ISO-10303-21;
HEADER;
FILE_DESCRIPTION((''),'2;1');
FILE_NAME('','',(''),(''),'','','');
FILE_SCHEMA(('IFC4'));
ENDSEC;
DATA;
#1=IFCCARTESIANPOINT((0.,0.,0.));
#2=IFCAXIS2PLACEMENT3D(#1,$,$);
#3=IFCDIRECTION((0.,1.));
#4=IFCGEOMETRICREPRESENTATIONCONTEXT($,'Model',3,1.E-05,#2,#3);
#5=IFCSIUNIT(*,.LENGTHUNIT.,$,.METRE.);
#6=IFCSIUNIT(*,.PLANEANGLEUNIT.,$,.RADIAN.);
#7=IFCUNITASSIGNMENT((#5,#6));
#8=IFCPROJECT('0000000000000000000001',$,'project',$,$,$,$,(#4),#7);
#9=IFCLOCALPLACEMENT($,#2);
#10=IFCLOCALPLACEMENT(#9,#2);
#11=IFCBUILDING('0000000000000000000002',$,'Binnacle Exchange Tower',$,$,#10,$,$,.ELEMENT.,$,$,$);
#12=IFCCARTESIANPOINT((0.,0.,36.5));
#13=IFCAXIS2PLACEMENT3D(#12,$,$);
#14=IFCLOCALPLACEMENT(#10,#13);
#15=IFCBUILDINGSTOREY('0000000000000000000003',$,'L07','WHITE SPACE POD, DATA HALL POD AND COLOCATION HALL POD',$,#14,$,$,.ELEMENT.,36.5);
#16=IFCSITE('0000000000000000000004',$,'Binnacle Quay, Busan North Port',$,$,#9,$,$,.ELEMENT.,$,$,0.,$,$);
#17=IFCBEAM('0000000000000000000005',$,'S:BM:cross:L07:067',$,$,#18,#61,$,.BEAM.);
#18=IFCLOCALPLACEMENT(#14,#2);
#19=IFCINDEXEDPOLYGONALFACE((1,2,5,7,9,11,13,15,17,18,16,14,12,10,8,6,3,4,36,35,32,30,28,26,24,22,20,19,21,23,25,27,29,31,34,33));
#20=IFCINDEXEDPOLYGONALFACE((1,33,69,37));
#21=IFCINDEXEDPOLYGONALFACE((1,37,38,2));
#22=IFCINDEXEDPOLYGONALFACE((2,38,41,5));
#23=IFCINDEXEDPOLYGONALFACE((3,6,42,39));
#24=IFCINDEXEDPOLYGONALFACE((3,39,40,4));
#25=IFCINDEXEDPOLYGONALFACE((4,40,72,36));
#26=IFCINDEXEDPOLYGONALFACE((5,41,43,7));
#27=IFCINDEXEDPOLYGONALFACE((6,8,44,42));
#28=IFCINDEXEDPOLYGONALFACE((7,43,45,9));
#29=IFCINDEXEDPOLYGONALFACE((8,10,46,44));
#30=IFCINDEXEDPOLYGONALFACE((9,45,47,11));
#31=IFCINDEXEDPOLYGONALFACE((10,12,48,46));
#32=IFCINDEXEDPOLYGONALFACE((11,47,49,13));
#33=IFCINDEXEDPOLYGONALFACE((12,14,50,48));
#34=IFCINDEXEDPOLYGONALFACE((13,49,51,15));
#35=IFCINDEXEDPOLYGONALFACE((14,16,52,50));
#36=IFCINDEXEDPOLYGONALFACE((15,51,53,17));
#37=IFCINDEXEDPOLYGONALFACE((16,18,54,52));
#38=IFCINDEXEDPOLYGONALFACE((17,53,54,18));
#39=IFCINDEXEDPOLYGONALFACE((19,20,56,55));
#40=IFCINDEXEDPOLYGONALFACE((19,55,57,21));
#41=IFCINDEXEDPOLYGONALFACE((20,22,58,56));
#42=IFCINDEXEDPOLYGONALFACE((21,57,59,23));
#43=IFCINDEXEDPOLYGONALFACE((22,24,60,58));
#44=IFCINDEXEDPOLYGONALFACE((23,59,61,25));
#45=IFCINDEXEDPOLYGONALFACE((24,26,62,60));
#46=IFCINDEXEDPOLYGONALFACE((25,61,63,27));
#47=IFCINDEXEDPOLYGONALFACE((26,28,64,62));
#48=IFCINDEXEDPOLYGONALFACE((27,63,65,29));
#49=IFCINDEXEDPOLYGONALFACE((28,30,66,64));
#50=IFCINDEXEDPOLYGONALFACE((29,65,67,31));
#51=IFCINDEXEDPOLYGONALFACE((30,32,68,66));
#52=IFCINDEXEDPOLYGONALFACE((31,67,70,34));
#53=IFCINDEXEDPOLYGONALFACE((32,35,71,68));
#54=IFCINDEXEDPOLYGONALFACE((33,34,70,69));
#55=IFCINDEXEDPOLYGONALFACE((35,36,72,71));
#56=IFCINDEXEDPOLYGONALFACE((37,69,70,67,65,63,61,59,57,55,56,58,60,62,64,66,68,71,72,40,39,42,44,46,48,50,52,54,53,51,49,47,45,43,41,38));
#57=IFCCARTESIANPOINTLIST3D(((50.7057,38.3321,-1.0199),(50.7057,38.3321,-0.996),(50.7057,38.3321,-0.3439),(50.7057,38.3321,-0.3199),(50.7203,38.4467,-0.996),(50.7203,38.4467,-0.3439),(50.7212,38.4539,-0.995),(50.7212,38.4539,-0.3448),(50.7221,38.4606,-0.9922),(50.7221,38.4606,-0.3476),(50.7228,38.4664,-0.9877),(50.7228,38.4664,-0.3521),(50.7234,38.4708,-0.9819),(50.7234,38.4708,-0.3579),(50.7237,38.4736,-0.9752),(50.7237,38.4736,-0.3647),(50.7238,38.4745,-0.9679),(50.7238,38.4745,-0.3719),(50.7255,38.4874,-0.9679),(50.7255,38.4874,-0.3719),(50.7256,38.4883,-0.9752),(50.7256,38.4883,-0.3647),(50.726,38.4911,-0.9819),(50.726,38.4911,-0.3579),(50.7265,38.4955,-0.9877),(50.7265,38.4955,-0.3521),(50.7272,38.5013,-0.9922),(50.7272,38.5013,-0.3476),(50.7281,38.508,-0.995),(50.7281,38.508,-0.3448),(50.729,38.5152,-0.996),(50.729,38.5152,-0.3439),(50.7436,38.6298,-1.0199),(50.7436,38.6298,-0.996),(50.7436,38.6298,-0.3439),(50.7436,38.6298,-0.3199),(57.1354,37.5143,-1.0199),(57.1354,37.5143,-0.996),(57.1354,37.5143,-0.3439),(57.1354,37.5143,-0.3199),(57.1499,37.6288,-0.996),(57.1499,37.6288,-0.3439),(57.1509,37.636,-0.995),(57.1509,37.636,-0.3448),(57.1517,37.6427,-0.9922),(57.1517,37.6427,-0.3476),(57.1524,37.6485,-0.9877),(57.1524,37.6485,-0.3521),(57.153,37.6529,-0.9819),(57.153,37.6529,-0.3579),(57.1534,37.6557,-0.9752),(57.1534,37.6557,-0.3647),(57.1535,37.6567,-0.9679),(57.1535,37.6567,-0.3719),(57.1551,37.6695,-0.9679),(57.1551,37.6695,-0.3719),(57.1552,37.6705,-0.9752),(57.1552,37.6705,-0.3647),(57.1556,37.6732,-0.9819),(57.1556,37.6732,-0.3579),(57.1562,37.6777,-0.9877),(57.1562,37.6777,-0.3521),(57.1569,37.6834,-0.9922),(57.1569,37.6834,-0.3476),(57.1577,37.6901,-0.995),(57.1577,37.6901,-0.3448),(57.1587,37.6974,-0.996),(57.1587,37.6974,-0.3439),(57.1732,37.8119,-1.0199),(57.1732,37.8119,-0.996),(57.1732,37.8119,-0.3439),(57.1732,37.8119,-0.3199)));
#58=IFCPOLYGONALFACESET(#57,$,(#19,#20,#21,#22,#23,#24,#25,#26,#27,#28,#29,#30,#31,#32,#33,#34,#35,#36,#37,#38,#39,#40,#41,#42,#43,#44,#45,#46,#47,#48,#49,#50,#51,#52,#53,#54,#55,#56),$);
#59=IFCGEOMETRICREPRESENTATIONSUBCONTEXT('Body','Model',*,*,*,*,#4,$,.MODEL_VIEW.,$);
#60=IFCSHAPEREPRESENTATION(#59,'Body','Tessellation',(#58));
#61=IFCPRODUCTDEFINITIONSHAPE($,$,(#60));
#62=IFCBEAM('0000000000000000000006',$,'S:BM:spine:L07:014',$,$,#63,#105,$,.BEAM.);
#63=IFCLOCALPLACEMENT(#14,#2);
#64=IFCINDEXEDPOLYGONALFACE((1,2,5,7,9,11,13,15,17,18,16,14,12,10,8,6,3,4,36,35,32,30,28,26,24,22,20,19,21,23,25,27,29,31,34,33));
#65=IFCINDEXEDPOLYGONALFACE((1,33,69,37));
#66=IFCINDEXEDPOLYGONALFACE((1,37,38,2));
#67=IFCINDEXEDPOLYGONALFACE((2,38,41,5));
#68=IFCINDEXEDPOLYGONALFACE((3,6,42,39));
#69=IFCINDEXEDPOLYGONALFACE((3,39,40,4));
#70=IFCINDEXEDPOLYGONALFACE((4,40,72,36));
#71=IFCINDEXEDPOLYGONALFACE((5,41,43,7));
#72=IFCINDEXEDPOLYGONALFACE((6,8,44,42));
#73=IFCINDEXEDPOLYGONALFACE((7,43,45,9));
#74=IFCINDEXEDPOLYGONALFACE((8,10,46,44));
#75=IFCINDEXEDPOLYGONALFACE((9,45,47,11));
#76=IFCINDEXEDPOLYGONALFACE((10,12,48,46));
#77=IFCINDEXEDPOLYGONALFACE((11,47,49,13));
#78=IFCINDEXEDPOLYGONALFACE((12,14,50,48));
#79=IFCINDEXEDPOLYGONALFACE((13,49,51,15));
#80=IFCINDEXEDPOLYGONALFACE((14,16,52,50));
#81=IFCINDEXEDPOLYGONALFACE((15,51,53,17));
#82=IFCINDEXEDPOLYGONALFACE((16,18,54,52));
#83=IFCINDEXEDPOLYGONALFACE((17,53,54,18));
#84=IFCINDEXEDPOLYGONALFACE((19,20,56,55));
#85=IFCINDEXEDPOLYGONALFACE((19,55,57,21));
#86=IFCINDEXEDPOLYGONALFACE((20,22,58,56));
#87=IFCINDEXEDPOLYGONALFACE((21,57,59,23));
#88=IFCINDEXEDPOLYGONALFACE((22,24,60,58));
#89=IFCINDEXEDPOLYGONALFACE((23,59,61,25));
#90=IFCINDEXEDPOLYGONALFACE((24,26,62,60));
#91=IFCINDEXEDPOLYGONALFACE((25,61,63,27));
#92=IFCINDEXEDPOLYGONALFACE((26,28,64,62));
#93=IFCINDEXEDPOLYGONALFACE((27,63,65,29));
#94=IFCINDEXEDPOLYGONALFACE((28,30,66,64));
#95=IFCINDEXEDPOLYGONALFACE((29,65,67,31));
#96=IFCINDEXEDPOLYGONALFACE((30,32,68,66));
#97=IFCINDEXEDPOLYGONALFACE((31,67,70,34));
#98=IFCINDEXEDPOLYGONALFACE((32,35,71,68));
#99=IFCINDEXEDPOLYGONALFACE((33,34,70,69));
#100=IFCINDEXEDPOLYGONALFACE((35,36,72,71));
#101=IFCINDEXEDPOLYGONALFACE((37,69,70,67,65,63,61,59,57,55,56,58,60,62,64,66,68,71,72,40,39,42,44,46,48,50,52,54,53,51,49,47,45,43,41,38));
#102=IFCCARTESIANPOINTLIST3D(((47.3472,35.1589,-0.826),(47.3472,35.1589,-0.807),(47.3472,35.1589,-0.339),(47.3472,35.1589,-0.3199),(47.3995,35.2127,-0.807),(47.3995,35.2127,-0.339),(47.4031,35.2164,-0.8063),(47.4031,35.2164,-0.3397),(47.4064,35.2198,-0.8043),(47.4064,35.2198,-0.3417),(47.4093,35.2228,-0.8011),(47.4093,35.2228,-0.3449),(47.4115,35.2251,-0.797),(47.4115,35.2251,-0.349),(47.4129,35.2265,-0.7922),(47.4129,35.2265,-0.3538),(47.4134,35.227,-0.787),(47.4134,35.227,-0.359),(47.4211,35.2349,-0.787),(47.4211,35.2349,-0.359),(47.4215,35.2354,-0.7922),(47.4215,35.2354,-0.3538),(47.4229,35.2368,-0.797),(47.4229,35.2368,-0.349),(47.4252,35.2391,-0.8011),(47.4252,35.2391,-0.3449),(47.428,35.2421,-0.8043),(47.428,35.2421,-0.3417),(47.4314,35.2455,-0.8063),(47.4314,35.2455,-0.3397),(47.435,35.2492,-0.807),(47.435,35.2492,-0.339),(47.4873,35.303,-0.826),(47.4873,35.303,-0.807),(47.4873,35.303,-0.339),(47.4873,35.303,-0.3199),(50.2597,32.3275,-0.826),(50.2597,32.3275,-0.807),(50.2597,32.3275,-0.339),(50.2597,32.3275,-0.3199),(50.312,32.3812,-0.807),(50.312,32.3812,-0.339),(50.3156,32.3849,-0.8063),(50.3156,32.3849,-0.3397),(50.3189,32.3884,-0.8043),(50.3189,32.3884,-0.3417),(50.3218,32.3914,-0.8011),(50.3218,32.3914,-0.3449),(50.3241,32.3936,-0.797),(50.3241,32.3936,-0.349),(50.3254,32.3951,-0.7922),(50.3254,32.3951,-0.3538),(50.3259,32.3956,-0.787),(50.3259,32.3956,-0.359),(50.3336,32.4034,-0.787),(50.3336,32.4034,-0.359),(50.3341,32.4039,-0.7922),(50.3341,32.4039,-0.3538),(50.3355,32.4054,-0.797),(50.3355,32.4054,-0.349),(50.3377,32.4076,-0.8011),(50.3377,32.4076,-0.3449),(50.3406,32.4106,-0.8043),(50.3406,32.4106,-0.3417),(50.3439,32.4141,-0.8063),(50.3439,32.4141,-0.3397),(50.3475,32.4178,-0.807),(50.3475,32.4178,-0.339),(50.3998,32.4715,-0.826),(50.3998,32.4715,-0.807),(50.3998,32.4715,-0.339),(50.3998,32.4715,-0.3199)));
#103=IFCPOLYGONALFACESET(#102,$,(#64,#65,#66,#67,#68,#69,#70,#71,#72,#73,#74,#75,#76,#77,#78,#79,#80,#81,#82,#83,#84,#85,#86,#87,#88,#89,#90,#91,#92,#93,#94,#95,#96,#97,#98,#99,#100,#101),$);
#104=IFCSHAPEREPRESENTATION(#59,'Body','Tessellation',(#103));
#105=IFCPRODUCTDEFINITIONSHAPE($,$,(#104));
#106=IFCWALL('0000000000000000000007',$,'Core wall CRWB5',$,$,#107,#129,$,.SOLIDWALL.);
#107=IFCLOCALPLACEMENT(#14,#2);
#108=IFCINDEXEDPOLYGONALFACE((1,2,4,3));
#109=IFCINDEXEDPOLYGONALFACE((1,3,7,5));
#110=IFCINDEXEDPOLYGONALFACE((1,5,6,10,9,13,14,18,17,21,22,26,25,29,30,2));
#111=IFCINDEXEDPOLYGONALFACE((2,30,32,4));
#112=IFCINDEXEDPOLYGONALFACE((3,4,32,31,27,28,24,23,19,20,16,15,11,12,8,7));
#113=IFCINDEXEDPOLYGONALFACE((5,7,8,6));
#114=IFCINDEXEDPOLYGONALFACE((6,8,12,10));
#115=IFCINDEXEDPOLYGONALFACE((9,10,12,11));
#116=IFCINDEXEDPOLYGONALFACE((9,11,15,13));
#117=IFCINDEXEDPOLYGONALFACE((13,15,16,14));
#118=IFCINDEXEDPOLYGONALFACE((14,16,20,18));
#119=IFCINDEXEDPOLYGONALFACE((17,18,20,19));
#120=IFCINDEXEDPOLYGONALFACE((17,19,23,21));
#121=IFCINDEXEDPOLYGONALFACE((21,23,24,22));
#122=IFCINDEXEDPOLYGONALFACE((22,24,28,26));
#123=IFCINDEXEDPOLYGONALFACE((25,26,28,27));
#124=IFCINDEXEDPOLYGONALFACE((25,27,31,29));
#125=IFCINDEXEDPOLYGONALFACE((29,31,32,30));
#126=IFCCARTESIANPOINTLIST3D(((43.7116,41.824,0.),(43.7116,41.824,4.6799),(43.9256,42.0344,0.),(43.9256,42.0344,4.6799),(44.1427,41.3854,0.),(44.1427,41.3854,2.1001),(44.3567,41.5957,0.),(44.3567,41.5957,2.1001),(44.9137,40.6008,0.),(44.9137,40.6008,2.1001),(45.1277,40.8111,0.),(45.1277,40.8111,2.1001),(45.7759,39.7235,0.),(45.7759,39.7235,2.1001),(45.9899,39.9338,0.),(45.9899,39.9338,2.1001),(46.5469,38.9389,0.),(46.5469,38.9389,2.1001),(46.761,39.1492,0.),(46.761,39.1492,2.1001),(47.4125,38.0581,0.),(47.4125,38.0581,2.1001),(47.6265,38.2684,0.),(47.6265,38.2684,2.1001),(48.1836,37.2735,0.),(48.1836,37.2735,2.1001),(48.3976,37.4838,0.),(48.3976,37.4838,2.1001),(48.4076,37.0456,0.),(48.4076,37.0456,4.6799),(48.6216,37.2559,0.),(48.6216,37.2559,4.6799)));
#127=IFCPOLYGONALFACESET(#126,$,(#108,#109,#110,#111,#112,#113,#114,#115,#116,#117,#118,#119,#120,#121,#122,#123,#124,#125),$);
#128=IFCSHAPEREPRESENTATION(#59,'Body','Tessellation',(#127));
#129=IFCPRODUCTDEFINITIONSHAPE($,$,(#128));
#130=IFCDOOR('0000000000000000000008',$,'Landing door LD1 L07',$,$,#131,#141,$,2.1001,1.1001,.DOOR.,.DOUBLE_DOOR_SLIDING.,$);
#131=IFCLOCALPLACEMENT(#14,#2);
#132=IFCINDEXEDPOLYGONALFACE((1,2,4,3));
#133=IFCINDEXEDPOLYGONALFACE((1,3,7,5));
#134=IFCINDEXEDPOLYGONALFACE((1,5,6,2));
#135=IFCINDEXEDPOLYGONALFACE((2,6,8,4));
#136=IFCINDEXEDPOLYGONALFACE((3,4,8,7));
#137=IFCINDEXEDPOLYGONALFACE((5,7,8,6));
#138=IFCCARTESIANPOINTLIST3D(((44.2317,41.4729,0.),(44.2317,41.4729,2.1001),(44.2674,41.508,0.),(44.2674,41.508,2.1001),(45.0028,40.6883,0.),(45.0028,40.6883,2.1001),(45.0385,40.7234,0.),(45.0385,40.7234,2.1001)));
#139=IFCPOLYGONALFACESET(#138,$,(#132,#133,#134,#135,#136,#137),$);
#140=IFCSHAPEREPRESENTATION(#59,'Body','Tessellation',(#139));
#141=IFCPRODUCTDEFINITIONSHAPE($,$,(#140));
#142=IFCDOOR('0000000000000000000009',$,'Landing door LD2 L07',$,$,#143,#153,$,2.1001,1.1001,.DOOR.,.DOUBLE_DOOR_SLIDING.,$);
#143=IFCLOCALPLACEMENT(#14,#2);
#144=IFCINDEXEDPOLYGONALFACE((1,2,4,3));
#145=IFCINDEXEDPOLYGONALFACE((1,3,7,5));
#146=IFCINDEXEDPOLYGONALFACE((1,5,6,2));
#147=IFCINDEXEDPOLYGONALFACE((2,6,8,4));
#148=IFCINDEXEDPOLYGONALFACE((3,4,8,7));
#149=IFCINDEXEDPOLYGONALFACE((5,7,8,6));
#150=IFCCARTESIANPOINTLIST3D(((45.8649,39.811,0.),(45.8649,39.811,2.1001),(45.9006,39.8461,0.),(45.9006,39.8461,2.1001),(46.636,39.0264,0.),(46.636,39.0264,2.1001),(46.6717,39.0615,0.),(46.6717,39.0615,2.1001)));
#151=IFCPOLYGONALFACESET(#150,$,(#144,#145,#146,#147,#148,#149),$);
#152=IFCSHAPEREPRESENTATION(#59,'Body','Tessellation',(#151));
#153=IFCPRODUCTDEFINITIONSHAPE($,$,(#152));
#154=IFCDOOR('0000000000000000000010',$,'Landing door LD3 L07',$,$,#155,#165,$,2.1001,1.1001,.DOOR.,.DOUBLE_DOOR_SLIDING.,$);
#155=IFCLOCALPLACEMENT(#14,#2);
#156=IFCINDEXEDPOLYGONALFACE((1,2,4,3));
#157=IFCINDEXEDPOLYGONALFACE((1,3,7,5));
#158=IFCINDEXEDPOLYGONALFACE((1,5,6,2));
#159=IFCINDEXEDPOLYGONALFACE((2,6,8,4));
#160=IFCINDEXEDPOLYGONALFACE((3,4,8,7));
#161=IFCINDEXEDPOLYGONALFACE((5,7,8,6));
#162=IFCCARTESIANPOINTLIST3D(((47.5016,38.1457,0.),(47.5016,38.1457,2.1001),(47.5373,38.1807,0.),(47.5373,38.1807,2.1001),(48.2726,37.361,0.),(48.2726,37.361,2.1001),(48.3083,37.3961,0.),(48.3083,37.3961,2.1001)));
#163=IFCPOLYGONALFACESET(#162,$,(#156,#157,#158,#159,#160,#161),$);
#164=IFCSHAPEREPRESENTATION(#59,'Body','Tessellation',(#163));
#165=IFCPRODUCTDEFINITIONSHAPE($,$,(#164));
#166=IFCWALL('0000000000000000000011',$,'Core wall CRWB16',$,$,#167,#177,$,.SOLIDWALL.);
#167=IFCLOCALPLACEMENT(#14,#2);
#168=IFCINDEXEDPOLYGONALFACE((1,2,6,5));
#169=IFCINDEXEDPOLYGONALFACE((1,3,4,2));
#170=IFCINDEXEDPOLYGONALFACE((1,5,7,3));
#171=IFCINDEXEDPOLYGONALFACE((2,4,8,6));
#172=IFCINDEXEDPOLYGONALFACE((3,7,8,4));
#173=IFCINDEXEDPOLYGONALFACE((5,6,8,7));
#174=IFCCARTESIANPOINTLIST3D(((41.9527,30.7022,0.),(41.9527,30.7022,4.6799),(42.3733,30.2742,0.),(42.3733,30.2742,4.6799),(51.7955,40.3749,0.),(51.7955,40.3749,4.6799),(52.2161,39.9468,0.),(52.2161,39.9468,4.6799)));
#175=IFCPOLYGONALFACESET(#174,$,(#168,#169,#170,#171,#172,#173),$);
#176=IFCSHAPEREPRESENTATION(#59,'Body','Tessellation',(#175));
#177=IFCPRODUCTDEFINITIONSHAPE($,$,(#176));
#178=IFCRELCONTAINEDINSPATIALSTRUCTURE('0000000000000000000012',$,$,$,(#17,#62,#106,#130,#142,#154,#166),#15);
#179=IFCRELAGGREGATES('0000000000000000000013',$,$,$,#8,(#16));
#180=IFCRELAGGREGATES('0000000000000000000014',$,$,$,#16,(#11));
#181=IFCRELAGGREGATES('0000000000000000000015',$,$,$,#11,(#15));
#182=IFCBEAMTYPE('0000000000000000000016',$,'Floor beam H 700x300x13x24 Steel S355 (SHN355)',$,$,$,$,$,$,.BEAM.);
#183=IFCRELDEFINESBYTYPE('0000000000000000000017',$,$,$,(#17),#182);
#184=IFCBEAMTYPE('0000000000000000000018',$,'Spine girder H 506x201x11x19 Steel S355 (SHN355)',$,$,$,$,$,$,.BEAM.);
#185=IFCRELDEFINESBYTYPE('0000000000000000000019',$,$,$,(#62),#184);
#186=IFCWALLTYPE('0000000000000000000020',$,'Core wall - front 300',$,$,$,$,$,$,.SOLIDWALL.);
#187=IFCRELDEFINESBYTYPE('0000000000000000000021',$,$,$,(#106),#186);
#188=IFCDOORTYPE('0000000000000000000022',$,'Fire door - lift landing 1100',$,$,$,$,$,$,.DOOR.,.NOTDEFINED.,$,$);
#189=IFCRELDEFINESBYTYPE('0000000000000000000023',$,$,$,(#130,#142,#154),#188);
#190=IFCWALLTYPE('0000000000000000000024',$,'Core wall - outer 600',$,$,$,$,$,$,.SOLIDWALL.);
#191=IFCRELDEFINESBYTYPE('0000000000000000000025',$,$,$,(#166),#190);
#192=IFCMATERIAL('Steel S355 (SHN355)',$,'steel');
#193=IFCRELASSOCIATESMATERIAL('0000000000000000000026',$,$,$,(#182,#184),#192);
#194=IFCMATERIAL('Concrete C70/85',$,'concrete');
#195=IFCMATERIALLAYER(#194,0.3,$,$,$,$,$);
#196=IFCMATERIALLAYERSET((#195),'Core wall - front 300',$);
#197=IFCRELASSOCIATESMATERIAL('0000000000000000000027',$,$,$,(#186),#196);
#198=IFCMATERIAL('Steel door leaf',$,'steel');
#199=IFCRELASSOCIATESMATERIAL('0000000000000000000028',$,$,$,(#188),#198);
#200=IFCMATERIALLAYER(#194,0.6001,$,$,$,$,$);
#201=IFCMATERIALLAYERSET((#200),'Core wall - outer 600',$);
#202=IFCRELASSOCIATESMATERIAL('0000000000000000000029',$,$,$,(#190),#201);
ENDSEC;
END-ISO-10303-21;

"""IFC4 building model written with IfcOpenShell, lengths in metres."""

from ifc_helpers import new_model, si_unit, direction, frame, frame_2d, origin, origin_2d, place, context, subcontext, project, spatial, rectangle, i_section, extrude, material, layer, layer_set, material_profile, profile_set, type_object, element, fill, save


model = new_model("IFC4")

# Units and contexts
model_context = context("Model", 3, precision=1e-05, world=origin(), true_north=direction((0.0, 1.0)))
body_context = subcontext(model_context, "Body", "Model", "MODEL_VIEW")
ifc_project = project(units=[si_unit("LENGTHUNIT", "METRE"), si_unit("PLANEANGLEUNIT", "RADIAN")], contexts=[model_context])

# Site, building, storey
site_placement = place(None, origin())
site = spatial("IfcSite", under=ifc_project, at=site_placement, Name="Binnacle Quay, Busan North Port", CompositionType="ELEMENT", RefElevation=0.0)
building_placement = place(site_placement, origin())
building = spatial("IfcBuilding", under=site, at=building_placement, Name="Binnacle Exchange Tower", CompositionType="ELEMENT")
storey_placement = place(building_placement, frame((0.0, 0.0, 36.5)))
storey = spatial("IfcBuildingStorey", under=building, at=storey_placement, Name="L07", Description="WHITE SPACE POD, DATA HALL POD AND COLOCATION HALL POD", CompositionType="ELEMENT", Elevation=36.5)

# Shared definitions
ifc_material_1 = material(Name="Concrete C70/85", Category="concrete")

# Beams
ifc_material_2 = material(Name="Steel S355 (SHN355)", Category="steel")
ifc_material_profile_1 = material_profile(ifc_material_2, i_section(OverallWidth=0.3, OverallDepth=0.7, WebThickness=0.0129, FlangeThickness=0.0239, FilletRadius=0.0281, at=origin_2d()), Name="H 700x300x13x24")
ifc_profile_set_1 = profile_set([ifc_material_profile_1], Name="Steel S355 (SHN355)")
beam_type_1 = type_object("IfcBeamType", Name="Floor beam H 700x300x13x24 Steel S355 (SHN355)", PredefinedType="BEAM", material=ifc_profile_set_1)
beam_1_placement = place(storey_placement, frame((57.1543, 37.6631, -0.6699), z_axis=(-0.992007, 0.126186, 0.0), x_axis=(-0.126186, -0.992007, 0.0)))
element("IfcBeam", 1, at=beam_1_placement, inside=storey, type_object=beam_type_1, Name="S:BM:cross:L07:067", PredefinedType="BEAM", context=body_context, shape_type="SweptSolid", body=[
    extrude(i_section(OverallWidth=0.3, OverallDepth=0.7, WebThickness=0.0129, FlangeThickness=0.0239, FilletRadius=0.0281, at=origin_2d()), origin(), (0.0, 0.0, 1.0), 6.4814),
])
ifc_material_profile_2 = material_profile(ifc_material_2, i_section(OverallWidth=0.2009, OverallDepth=0.5061, WebThickness=0.011, FlangeThickness=0.019, FilletRadius=0.02, at=origin_2d()), Name="H 506x201x11x19")
ifc_profile_set_2 = profile_set([ifc_material_profile_2], Name="Steel S355 (SHN355)")
beam_type_2 = type_object("IfcBeamType", Name="Spine girder H 506x201x11x19 Steel S355 (SHN355)", PredefinedType="BEAM", material=ifc_profile_set_2)
beam_2_placement = place(storey_placement, frame((47.4172, 35.231, -0.573), z_axis=(0.717013, -0.69706, 0.0), x_axis=(0.69706, 0.717013, 0.0)))
element("IfcBeam", 2, at=beam_2_placement, inside=storey, type_object=beam_type_2, Name="S:BM:spine:L07:014", PredefinedType="BEAM", context=body_context, shape_type="SweptSolid", body=[
    extrude(i_section(OverallWidth=0.2009, OverallDepth=0.5061, WebThickness=0.011, FlangeThickness=0.019, FilletRadius=0.02, at=origin_2d()), origin(), (0.0, 0.0, 1.0), 4.062),
])

# Wall, openings, doors
ifc_layer_1 = layer(ifc_material_1, 0.3)
ifc_layer_set_1 = layer_set([ifc_layer_1], Name="Core wall - front 300")
wall_type_1 = type_object("IfcWallType", Name="Core wall - front 300", PredefinedType="SOLIDWALL", material=ifc_layer_set_1)
wall_1_placement = place(storey_placement, frame((43.8186, 41.9292, 0.0), z_axis=(0.0, 0.0, 1.0), x_axis=(0.700922, -0.713238, 0.0)))
wall_1 = element("IfcWall", 3, at=wall_1_placement, inside=storey, type_object=wall_type_1, Name="Core wall CRWB5", PredefinedType="SOLIDWALL", context=body_context, shape_type="SweptSolid", body=[
    extrude(rectangle(XDim=6.6997, YDim=0.3, at=frame_2d((3.3499, 0.0))), origin(), (0.0, 0.0, 1.0), 4.6799),
])
opening_1_placement = place(wall_1_placement, frame((0.615, 0.0, 0.0)))
opening_1 = element("IfcOpeningElement", 4, at=opening_1_placement, cuts=wall_1, PredefinedType="OPENING", context=body_context, shape_type="SweptSolid", body=[
    extrude(rectangle(XDim=1.1001, YDim=2.1001, at=frame_2d((0.55, 1.05))), frame((0.0, 0.1599, 0.0), z_axis=(0.0, -1.0, 0.0), x_axis=(1.0, 0.0, 0.0)), (0.0, 0.0, 1.0), 0.3201),
])
opening_2_placement = place(wall_1_placement, frame((2.9451, 0.0, 0.0)))
opening_2 = element("IfcOpeningElement", 5, at=opening_2_placement, cuts=wall_1, PredefinedType="OPENING", context=body_context, shape_type="SweptSolid", body=[
    extrude(rectangle(XDim=1.1001, YDim=2.1001, at=frame_2d((0.55, 1.05))), frame((0.0, 0.1599, 0.0), z_axis=(0.0, -1.0, 0.0), x_axis=(1.0, 0.0, 0.0)), (0.0, 0.0, 1.0), 0.3201),
])
opening_3_placement = place(wall_1_placement, frame((5.28, 0.0, 0.0)))
opening_3 = element("IfcOpeningElement", 6, at=opening_3_placement, cuts=wall_1, PredefinedType="OPENING", context=body_context, shape_type="SweptSolid", body=[
    extrude(rectangle(XDim=1.1001, YDim=2.1001, at=frame_2d((0.55, 1.05))), frame((0.0, 0.1599, 0.0), z_axis=(0.0, -1.0, 0.0), x_axis=(1.0, 0.0, 0.0)), (0.0, 0.0, 1.0), 0.3201),
])
ifc_material_3 = material(Name="Steel door leaf", Category="steel")
door_type_1 = type_object("IfcDoorType", Name="Fire door - lift landing 1100", OperationType="NOTDEFINED", PredefinedType="DOOR", material=ifc_material_3)
door_1_placement = place(opening_1_placement, origin())
door_1 = element("IfcDoor", 7, at=door_1_placement, inside=storey, type_object=door_type_1, Name="Landing door LD1 L07", OperationType="DOUBLE_DOOR_SLIDING", OverallHeight=2.1001, OverallWidth=1.1001, PredefinedType="DOOR", context=body_context, shape_type="SweptSolid", body=[
    extrude(rectangle(XDim=1.1001, YDim=2.1001, at=frame_2d((0.55, 1.05))), frame((0.0, 0.0249, 0.0), z_axis=(0.0, -1.0, 0.0), x_axis=(1.0, 0.0, 0.0)), (0.0, 0.0, 1.0), 0.05),
])
fill(opening_1, door_1)
door_2_placement = place(opening_2_placement, origin())
door_2 = element("IfcDoor", 8, at=door_2_placement, inside=storey, type_object=door_type_1, Name="Landing door LD2 L07", OperationType="DOUBLE_DOOR_SLIDING", OverallHeight=2.1001, OverallWidth=1.1001, PredefinedType="DOOR", context=body_context, shape_type="SweptSolid", body=[
    extrude(rectangle(XDim=1.1001, YDim=2.1001, at=frame_2d((0.55, 1.05))), frame((0.0, 0.0249, 0.0), z_axis=(0.0, -1.0, 0.0), x_axis=(1.0, 0.0, 0.0)), (0.0, 0.0, 1.0), 0.05),
])
fill(opening_2, door_2)
door_3_placement = place(opening_3_placement, origin())
door_3 = element("IfcDoor", 9, at=door_3_placement, inside=storey, type_object=door_type_1, Name="Landing door LD3 L07", OperationType="DOUBLE_DOOR_SLIDING", OverallHeight=2.1001, OverallWidth=1.1001, PredefinedType="DOOR", context=body_context, shape_type="SweptSolid", body=[
    extrude(rectangle(XDim=1.1001, YDim=2.1001, at=frame_2d((0.55, 1.05))), frame((0.0, 0.0249, 0.0), z_axis=(0.0, -1.0, 0.0), x_axis=(1.0, 0.0, 0.0)), (0.0, 0.0, 1.0), 0.05),
])
fill(opening_3, door_3)

# Wall
ifc_layer_2 = layer(ifc_material_1, 0.6001)
ifc_layer_set_2 = layer_set([ifc_layer_2], Name="Core wall - outer 600")
wall_type_2 = type_object("IfcWallType", Name="Core wall - outer 600", PredefinedType="SOLIDWALL", material=ifc_layer_set_2)
wall_2_placement = place(storey_placement, frame((42.1631, 30.4883, 0.0), z_axis=(0.0, 0.0, 1.0), x_axis=(0.713245, 0.700914, 0.0)))
element("IfcWall", 10, at=wall_2_placement, inside=storey, type_object=wall_type_2, Name="Core wall CRWB16", PredefinedType="SOLIDWALL", context=body_context, shape_type="SweptSolid", body=[
    extrude(rectangle(XDim=13.8, YDim=0.6001, at=frame_2d((6.8999, 0.0))), origin(), (0.0, 0.0, 1.0), 4.6799),
])

save(model, "model.ifc")
